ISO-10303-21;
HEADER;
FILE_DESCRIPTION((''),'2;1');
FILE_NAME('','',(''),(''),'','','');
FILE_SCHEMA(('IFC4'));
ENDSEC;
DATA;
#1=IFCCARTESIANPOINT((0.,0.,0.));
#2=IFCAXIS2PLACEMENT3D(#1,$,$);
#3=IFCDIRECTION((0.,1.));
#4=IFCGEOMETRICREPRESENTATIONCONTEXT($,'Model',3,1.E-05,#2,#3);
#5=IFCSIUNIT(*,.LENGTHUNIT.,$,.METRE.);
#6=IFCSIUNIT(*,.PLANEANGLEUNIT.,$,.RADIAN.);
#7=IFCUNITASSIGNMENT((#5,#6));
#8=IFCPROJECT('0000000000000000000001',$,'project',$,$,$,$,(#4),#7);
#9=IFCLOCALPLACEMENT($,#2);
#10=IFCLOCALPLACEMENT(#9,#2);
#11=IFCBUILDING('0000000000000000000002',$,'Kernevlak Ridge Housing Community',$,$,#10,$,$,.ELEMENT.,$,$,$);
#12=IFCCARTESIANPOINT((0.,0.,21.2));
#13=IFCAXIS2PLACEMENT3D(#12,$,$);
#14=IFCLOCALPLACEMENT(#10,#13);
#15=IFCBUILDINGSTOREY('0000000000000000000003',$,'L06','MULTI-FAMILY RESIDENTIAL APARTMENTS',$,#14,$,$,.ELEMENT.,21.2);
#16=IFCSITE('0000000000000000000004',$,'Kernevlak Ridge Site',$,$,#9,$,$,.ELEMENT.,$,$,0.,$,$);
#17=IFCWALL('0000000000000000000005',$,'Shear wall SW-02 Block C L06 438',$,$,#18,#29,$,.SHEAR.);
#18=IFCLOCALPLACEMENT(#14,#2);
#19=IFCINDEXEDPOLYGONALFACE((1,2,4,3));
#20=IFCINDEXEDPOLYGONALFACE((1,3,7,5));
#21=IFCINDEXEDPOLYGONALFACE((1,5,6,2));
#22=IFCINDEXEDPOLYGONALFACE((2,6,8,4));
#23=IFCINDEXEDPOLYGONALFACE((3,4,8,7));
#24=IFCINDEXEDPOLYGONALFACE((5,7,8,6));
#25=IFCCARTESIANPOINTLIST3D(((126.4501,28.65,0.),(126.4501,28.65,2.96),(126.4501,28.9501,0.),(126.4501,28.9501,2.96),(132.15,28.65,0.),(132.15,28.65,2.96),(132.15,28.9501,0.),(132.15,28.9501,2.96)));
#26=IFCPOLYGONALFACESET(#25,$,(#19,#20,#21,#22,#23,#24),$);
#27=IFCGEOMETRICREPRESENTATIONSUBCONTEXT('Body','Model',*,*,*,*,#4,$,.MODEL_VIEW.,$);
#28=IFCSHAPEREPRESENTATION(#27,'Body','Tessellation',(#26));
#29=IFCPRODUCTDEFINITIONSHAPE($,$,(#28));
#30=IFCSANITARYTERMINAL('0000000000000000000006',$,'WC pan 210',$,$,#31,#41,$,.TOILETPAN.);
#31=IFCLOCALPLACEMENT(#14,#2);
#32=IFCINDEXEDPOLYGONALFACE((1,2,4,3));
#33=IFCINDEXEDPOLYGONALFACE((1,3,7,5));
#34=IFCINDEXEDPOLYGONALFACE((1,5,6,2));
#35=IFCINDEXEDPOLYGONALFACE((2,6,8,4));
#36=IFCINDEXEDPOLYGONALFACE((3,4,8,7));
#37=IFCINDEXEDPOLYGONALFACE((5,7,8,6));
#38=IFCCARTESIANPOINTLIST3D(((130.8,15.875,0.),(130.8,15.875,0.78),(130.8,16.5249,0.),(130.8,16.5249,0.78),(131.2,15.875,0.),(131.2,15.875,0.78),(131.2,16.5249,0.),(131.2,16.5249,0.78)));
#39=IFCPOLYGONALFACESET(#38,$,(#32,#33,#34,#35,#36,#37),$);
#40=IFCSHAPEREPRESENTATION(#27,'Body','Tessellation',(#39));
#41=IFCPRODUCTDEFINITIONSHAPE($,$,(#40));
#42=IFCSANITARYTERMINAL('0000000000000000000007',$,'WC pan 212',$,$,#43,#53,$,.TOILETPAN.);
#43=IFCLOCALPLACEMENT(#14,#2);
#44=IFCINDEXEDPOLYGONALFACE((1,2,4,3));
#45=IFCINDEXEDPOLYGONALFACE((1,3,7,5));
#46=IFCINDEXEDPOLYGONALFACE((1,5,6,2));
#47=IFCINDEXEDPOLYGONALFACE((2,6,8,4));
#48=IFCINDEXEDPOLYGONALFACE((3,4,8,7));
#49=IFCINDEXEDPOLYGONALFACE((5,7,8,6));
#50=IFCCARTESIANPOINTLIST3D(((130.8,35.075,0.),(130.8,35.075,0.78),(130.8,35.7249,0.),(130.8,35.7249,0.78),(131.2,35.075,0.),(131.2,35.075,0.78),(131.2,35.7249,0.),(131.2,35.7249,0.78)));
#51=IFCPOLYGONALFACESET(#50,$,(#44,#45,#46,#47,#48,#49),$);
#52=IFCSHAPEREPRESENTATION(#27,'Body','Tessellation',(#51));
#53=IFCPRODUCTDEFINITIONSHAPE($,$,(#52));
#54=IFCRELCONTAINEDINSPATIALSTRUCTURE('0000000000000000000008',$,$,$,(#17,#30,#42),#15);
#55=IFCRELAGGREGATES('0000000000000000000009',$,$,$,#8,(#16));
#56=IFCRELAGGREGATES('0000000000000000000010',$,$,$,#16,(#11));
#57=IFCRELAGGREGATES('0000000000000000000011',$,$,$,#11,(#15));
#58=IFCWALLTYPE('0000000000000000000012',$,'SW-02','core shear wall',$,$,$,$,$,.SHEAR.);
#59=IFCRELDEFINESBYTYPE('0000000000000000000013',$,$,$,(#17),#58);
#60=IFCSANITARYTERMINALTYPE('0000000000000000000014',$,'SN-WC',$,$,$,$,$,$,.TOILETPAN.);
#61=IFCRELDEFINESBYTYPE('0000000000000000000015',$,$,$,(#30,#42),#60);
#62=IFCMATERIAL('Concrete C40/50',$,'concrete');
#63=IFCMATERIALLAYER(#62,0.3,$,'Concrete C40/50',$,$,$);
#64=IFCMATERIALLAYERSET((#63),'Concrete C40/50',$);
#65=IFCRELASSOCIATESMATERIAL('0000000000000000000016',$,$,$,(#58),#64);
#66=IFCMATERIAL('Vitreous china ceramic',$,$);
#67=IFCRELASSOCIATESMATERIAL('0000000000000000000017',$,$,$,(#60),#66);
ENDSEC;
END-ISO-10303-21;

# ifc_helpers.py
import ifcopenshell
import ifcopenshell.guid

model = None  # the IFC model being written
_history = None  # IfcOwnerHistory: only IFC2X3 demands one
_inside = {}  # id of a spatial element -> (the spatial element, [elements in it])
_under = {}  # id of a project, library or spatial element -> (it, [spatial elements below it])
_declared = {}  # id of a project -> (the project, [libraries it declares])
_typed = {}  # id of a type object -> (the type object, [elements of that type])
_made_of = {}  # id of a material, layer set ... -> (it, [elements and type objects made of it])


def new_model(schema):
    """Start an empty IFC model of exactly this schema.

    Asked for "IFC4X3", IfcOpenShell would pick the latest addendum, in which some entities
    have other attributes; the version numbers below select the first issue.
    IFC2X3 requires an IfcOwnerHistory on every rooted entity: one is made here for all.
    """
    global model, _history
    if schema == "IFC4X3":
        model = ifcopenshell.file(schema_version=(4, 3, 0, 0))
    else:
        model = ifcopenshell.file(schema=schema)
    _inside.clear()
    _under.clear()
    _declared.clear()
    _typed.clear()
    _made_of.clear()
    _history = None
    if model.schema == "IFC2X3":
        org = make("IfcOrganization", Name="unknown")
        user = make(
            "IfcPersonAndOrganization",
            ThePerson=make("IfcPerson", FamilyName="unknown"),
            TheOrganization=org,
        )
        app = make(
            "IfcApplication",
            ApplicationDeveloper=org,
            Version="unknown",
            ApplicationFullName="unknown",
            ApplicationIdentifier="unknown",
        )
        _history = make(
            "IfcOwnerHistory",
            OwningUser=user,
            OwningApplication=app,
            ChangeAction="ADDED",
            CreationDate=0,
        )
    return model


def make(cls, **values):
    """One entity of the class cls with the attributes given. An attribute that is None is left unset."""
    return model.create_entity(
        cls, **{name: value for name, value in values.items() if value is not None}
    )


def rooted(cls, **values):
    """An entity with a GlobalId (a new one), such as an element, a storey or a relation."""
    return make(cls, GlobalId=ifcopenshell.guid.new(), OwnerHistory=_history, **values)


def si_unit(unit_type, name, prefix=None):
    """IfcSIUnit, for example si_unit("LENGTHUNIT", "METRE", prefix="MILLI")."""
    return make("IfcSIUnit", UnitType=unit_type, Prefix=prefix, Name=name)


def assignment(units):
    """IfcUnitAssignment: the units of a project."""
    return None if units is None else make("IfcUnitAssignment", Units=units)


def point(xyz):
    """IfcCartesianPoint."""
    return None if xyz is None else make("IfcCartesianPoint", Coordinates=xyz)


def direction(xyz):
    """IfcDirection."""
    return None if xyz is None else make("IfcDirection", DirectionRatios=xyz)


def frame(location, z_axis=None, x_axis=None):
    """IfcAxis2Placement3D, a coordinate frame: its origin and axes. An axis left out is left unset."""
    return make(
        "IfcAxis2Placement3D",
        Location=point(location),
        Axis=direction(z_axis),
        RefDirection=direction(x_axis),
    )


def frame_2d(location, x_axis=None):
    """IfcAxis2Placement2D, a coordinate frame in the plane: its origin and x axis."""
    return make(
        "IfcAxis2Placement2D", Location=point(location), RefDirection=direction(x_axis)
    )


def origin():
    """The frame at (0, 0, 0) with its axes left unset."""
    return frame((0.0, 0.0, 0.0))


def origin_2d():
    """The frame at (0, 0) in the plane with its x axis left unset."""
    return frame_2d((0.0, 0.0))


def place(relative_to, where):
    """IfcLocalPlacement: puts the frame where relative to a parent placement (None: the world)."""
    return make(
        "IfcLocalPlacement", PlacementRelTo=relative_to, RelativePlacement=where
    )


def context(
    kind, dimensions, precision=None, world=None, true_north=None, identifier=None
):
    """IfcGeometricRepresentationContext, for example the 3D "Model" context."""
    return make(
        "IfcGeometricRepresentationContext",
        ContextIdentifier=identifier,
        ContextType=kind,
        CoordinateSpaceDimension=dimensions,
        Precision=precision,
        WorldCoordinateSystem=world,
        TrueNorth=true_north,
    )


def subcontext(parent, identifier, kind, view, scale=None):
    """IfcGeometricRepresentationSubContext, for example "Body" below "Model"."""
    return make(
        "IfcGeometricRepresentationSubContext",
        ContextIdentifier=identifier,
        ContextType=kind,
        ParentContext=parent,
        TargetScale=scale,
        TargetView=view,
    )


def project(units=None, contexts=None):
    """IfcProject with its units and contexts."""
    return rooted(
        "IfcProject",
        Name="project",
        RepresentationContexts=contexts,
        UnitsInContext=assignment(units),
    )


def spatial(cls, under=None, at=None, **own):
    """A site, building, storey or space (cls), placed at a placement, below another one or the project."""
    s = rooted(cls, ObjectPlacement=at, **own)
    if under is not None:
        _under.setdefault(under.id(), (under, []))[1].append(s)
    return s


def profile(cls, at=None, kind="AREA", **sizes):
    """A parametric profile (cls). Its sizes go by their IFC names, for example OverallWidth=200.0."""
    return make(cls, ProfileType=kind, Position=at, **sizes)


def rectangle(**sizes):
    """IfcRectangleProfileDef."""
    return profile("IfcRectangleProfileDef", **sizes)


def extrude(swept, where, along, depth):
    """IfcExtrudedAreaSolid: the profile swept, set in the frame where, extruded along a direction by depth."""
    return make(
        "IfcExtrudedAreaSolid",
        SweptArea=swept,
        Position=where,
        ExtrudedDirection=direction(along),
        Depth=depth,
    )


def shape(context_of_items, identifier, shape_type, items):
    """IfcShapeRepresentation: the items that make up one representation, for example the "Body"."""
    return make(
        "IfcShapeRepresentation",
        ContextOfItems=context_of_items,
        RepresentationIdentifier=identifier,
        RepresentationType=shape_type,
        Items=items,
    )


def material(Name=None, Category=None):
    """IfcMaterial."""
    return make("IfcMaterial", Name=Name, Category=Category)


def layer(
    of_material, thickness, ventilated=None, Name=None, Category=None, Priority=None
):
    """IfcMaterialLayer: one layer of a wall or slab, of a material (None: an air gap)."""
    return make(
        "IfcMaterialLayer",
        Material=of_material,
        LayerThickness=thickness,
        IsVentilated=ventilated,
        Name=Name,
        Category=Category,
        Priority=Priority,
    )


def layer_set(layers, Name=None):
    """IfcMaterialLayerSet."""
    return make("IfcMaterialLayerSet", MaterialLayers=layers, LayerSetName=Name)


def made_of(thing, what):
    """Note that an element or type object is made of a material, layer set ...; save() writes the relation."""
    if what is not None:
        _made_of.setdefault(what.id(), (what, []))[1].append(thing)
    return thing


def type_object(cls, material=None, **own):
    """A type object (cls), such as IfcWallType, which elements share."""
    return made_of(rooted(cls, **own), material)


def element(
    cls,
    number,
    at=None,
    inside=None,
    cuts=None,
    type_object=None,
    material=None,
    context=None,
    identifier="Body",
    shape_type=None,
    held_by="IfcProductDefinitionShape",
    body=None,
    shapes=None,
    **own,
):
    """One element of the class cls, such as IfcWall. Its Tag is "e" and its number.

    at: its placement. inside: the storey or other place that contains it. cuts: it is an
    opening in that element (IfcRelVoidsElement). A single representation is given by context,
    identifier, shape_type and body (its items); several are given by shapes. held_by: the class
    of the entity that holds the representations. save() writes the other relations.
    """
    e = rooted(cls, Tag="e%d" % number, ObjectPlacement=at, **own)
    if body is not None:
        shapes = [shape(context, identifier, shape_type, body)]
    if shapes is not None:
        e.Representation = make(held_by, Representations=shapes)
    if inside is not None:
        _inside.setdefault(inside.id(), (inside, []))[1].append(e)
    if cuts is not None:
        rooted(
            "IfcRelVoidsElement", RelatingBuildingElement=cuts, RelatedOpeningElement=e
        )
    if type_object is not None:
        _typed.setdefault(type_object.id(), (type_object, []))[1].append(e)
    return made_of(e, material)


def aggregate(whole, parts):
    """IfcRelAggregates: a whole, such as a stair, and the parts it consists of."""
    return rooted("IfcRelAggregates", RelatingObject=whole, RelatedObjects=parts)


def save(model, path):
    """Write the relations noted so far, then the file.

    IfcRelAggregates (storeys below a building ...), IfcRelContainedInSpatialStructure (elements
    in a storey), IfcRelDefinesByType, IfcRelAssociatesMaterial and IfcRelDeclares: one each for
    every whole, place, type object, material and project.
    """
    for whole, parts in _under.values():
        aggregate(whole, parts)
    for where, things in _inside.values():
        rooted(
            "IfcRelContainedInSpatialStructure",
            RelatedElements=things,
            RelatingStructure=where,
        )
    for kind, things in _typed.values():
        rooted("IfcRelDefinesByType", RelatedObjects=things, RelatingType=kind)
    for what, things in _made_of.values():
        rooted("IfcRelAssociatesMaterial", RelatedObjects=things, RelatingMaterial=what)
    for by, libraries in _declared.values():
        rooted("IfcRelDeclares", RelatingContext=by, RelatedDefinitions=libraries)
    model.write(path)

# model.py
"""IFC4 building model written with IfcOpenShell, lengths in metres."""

from ifc_helpers import new_model, si_unit, direction, frame, frame_2d, origin, origin_2d, place, context, subcontext, project, spatial, rectangle, extrude, material, layer, layer_set, type_object, element, save


model = new_model("IFC4")

# Units and contexts
model_context = context("Model", 3, precision=1e-05, world=origin(), true_north=direction((0.0, 1.0)))
body_context = subcontext(model_context, "Body", "Model", "MODEL_VIEW")
ifc_project = project(units=[si_unit("LENGTHUNIT", "METRE"), si_unit("PLANEANGLEUNIT", "RADIAN")], contexts=[model_context])

# Site, building, storey
site_placement = place(None, origin())
site = spatial("IfcSite", under=ifc_project, at=site_placement, Name="Kernevlak Ridge Site", CompositionType="ELEMENT", RefElevation=0.0)
building_placement = place(site_placement, origin())
building = spatial("IfcBuilding", under=site, at=building_placement, Name="Kernevlak Ridge Housing Community", CompositionType="ELEMENT")
storey_placement = place(building_placement, frame((0.0, 0.0, 21.2)))
storey = spatial("IfcBuildingStorey", under=building, at=storey_placement, Name="L06", Description="MULTI-FAMILY RESIDENTIAL APARTMENTS", CompositionType="ELEMENT", Elevation=21.2)

# Shared definitions
ifc_material_1 = material(Name="Concrete C40/50", Category="concrete")

# Wall
ifc_layer_1 = layer(ifc_material_1, 0.3, Name="Concrete C40/50")
ifc_layer_set_1 = layer_set([ifc_layer_1], Name="Concrete C40/50")
wall_type_1 = type_object("IfcWallType", Name="SW-02", Description="core shear wall", PredefinedType="SHEAR", material=ifc_layer_set_1)
wall_1_placement = place(storey_placement, frame((126.45, 28.8, 0.0), z_axis=(0.0, 0.0, 1.0), x_axis=(1.0, 0.0, 0.0)))
element("IfcWall", 1, at=wall_1_placement, inside=storey, type_object=wall_type_1, Name="Shear wall SW-02 Block C L06 438", PredefinedType="SHEAR", context=body_context, shape_type="SweptSolid", body=[
    extrude(rectangle(XDim=5.7, YDim=0.3, at=frame_2d((2.8501, 0.0))), origin(), (0.0, 0.0, 1.0), 2.96),
])

# Sanitary terminals
ifc_material_2 = material(Name="Vitreous china ceramic")
sanitary_terminal_type = type_object("IfcSanitaryTerminalType", Name="SN-WC", PredefinedType="TOILETPAN", material=ifc_material_2)
for number, where, z_axis, x_axis, name in (
    (2, (131.0, 16.2, 0.0), (0.0, 0.0, 1.0), (1.0, 0.0, 0.0), "WC pan 210"),
    (3, (131.0, 35.3999, 0.0), (0.0, 0.0, 1.0), (1.0, 0.0, 0.0), "WC pan 212"),
):
    element("IfcSanitaryTerminal", number, at=place(storey_placement, frame(where, z_axis=z_axis, x_axis=x_axis)), inside=storey, type_object=sanitary_terminal_type, Name=name, PredefinedType="TOILETPAN", context=body_context, shape_type="SweptSolid", body=[
        extrude(rectangle(XDim=0.3999, YDim=0.6499, at=origin_2d()), origin(), (0.0, 0.0, 1.0), 0.78),
    ])

save(model, "model.ifc")
